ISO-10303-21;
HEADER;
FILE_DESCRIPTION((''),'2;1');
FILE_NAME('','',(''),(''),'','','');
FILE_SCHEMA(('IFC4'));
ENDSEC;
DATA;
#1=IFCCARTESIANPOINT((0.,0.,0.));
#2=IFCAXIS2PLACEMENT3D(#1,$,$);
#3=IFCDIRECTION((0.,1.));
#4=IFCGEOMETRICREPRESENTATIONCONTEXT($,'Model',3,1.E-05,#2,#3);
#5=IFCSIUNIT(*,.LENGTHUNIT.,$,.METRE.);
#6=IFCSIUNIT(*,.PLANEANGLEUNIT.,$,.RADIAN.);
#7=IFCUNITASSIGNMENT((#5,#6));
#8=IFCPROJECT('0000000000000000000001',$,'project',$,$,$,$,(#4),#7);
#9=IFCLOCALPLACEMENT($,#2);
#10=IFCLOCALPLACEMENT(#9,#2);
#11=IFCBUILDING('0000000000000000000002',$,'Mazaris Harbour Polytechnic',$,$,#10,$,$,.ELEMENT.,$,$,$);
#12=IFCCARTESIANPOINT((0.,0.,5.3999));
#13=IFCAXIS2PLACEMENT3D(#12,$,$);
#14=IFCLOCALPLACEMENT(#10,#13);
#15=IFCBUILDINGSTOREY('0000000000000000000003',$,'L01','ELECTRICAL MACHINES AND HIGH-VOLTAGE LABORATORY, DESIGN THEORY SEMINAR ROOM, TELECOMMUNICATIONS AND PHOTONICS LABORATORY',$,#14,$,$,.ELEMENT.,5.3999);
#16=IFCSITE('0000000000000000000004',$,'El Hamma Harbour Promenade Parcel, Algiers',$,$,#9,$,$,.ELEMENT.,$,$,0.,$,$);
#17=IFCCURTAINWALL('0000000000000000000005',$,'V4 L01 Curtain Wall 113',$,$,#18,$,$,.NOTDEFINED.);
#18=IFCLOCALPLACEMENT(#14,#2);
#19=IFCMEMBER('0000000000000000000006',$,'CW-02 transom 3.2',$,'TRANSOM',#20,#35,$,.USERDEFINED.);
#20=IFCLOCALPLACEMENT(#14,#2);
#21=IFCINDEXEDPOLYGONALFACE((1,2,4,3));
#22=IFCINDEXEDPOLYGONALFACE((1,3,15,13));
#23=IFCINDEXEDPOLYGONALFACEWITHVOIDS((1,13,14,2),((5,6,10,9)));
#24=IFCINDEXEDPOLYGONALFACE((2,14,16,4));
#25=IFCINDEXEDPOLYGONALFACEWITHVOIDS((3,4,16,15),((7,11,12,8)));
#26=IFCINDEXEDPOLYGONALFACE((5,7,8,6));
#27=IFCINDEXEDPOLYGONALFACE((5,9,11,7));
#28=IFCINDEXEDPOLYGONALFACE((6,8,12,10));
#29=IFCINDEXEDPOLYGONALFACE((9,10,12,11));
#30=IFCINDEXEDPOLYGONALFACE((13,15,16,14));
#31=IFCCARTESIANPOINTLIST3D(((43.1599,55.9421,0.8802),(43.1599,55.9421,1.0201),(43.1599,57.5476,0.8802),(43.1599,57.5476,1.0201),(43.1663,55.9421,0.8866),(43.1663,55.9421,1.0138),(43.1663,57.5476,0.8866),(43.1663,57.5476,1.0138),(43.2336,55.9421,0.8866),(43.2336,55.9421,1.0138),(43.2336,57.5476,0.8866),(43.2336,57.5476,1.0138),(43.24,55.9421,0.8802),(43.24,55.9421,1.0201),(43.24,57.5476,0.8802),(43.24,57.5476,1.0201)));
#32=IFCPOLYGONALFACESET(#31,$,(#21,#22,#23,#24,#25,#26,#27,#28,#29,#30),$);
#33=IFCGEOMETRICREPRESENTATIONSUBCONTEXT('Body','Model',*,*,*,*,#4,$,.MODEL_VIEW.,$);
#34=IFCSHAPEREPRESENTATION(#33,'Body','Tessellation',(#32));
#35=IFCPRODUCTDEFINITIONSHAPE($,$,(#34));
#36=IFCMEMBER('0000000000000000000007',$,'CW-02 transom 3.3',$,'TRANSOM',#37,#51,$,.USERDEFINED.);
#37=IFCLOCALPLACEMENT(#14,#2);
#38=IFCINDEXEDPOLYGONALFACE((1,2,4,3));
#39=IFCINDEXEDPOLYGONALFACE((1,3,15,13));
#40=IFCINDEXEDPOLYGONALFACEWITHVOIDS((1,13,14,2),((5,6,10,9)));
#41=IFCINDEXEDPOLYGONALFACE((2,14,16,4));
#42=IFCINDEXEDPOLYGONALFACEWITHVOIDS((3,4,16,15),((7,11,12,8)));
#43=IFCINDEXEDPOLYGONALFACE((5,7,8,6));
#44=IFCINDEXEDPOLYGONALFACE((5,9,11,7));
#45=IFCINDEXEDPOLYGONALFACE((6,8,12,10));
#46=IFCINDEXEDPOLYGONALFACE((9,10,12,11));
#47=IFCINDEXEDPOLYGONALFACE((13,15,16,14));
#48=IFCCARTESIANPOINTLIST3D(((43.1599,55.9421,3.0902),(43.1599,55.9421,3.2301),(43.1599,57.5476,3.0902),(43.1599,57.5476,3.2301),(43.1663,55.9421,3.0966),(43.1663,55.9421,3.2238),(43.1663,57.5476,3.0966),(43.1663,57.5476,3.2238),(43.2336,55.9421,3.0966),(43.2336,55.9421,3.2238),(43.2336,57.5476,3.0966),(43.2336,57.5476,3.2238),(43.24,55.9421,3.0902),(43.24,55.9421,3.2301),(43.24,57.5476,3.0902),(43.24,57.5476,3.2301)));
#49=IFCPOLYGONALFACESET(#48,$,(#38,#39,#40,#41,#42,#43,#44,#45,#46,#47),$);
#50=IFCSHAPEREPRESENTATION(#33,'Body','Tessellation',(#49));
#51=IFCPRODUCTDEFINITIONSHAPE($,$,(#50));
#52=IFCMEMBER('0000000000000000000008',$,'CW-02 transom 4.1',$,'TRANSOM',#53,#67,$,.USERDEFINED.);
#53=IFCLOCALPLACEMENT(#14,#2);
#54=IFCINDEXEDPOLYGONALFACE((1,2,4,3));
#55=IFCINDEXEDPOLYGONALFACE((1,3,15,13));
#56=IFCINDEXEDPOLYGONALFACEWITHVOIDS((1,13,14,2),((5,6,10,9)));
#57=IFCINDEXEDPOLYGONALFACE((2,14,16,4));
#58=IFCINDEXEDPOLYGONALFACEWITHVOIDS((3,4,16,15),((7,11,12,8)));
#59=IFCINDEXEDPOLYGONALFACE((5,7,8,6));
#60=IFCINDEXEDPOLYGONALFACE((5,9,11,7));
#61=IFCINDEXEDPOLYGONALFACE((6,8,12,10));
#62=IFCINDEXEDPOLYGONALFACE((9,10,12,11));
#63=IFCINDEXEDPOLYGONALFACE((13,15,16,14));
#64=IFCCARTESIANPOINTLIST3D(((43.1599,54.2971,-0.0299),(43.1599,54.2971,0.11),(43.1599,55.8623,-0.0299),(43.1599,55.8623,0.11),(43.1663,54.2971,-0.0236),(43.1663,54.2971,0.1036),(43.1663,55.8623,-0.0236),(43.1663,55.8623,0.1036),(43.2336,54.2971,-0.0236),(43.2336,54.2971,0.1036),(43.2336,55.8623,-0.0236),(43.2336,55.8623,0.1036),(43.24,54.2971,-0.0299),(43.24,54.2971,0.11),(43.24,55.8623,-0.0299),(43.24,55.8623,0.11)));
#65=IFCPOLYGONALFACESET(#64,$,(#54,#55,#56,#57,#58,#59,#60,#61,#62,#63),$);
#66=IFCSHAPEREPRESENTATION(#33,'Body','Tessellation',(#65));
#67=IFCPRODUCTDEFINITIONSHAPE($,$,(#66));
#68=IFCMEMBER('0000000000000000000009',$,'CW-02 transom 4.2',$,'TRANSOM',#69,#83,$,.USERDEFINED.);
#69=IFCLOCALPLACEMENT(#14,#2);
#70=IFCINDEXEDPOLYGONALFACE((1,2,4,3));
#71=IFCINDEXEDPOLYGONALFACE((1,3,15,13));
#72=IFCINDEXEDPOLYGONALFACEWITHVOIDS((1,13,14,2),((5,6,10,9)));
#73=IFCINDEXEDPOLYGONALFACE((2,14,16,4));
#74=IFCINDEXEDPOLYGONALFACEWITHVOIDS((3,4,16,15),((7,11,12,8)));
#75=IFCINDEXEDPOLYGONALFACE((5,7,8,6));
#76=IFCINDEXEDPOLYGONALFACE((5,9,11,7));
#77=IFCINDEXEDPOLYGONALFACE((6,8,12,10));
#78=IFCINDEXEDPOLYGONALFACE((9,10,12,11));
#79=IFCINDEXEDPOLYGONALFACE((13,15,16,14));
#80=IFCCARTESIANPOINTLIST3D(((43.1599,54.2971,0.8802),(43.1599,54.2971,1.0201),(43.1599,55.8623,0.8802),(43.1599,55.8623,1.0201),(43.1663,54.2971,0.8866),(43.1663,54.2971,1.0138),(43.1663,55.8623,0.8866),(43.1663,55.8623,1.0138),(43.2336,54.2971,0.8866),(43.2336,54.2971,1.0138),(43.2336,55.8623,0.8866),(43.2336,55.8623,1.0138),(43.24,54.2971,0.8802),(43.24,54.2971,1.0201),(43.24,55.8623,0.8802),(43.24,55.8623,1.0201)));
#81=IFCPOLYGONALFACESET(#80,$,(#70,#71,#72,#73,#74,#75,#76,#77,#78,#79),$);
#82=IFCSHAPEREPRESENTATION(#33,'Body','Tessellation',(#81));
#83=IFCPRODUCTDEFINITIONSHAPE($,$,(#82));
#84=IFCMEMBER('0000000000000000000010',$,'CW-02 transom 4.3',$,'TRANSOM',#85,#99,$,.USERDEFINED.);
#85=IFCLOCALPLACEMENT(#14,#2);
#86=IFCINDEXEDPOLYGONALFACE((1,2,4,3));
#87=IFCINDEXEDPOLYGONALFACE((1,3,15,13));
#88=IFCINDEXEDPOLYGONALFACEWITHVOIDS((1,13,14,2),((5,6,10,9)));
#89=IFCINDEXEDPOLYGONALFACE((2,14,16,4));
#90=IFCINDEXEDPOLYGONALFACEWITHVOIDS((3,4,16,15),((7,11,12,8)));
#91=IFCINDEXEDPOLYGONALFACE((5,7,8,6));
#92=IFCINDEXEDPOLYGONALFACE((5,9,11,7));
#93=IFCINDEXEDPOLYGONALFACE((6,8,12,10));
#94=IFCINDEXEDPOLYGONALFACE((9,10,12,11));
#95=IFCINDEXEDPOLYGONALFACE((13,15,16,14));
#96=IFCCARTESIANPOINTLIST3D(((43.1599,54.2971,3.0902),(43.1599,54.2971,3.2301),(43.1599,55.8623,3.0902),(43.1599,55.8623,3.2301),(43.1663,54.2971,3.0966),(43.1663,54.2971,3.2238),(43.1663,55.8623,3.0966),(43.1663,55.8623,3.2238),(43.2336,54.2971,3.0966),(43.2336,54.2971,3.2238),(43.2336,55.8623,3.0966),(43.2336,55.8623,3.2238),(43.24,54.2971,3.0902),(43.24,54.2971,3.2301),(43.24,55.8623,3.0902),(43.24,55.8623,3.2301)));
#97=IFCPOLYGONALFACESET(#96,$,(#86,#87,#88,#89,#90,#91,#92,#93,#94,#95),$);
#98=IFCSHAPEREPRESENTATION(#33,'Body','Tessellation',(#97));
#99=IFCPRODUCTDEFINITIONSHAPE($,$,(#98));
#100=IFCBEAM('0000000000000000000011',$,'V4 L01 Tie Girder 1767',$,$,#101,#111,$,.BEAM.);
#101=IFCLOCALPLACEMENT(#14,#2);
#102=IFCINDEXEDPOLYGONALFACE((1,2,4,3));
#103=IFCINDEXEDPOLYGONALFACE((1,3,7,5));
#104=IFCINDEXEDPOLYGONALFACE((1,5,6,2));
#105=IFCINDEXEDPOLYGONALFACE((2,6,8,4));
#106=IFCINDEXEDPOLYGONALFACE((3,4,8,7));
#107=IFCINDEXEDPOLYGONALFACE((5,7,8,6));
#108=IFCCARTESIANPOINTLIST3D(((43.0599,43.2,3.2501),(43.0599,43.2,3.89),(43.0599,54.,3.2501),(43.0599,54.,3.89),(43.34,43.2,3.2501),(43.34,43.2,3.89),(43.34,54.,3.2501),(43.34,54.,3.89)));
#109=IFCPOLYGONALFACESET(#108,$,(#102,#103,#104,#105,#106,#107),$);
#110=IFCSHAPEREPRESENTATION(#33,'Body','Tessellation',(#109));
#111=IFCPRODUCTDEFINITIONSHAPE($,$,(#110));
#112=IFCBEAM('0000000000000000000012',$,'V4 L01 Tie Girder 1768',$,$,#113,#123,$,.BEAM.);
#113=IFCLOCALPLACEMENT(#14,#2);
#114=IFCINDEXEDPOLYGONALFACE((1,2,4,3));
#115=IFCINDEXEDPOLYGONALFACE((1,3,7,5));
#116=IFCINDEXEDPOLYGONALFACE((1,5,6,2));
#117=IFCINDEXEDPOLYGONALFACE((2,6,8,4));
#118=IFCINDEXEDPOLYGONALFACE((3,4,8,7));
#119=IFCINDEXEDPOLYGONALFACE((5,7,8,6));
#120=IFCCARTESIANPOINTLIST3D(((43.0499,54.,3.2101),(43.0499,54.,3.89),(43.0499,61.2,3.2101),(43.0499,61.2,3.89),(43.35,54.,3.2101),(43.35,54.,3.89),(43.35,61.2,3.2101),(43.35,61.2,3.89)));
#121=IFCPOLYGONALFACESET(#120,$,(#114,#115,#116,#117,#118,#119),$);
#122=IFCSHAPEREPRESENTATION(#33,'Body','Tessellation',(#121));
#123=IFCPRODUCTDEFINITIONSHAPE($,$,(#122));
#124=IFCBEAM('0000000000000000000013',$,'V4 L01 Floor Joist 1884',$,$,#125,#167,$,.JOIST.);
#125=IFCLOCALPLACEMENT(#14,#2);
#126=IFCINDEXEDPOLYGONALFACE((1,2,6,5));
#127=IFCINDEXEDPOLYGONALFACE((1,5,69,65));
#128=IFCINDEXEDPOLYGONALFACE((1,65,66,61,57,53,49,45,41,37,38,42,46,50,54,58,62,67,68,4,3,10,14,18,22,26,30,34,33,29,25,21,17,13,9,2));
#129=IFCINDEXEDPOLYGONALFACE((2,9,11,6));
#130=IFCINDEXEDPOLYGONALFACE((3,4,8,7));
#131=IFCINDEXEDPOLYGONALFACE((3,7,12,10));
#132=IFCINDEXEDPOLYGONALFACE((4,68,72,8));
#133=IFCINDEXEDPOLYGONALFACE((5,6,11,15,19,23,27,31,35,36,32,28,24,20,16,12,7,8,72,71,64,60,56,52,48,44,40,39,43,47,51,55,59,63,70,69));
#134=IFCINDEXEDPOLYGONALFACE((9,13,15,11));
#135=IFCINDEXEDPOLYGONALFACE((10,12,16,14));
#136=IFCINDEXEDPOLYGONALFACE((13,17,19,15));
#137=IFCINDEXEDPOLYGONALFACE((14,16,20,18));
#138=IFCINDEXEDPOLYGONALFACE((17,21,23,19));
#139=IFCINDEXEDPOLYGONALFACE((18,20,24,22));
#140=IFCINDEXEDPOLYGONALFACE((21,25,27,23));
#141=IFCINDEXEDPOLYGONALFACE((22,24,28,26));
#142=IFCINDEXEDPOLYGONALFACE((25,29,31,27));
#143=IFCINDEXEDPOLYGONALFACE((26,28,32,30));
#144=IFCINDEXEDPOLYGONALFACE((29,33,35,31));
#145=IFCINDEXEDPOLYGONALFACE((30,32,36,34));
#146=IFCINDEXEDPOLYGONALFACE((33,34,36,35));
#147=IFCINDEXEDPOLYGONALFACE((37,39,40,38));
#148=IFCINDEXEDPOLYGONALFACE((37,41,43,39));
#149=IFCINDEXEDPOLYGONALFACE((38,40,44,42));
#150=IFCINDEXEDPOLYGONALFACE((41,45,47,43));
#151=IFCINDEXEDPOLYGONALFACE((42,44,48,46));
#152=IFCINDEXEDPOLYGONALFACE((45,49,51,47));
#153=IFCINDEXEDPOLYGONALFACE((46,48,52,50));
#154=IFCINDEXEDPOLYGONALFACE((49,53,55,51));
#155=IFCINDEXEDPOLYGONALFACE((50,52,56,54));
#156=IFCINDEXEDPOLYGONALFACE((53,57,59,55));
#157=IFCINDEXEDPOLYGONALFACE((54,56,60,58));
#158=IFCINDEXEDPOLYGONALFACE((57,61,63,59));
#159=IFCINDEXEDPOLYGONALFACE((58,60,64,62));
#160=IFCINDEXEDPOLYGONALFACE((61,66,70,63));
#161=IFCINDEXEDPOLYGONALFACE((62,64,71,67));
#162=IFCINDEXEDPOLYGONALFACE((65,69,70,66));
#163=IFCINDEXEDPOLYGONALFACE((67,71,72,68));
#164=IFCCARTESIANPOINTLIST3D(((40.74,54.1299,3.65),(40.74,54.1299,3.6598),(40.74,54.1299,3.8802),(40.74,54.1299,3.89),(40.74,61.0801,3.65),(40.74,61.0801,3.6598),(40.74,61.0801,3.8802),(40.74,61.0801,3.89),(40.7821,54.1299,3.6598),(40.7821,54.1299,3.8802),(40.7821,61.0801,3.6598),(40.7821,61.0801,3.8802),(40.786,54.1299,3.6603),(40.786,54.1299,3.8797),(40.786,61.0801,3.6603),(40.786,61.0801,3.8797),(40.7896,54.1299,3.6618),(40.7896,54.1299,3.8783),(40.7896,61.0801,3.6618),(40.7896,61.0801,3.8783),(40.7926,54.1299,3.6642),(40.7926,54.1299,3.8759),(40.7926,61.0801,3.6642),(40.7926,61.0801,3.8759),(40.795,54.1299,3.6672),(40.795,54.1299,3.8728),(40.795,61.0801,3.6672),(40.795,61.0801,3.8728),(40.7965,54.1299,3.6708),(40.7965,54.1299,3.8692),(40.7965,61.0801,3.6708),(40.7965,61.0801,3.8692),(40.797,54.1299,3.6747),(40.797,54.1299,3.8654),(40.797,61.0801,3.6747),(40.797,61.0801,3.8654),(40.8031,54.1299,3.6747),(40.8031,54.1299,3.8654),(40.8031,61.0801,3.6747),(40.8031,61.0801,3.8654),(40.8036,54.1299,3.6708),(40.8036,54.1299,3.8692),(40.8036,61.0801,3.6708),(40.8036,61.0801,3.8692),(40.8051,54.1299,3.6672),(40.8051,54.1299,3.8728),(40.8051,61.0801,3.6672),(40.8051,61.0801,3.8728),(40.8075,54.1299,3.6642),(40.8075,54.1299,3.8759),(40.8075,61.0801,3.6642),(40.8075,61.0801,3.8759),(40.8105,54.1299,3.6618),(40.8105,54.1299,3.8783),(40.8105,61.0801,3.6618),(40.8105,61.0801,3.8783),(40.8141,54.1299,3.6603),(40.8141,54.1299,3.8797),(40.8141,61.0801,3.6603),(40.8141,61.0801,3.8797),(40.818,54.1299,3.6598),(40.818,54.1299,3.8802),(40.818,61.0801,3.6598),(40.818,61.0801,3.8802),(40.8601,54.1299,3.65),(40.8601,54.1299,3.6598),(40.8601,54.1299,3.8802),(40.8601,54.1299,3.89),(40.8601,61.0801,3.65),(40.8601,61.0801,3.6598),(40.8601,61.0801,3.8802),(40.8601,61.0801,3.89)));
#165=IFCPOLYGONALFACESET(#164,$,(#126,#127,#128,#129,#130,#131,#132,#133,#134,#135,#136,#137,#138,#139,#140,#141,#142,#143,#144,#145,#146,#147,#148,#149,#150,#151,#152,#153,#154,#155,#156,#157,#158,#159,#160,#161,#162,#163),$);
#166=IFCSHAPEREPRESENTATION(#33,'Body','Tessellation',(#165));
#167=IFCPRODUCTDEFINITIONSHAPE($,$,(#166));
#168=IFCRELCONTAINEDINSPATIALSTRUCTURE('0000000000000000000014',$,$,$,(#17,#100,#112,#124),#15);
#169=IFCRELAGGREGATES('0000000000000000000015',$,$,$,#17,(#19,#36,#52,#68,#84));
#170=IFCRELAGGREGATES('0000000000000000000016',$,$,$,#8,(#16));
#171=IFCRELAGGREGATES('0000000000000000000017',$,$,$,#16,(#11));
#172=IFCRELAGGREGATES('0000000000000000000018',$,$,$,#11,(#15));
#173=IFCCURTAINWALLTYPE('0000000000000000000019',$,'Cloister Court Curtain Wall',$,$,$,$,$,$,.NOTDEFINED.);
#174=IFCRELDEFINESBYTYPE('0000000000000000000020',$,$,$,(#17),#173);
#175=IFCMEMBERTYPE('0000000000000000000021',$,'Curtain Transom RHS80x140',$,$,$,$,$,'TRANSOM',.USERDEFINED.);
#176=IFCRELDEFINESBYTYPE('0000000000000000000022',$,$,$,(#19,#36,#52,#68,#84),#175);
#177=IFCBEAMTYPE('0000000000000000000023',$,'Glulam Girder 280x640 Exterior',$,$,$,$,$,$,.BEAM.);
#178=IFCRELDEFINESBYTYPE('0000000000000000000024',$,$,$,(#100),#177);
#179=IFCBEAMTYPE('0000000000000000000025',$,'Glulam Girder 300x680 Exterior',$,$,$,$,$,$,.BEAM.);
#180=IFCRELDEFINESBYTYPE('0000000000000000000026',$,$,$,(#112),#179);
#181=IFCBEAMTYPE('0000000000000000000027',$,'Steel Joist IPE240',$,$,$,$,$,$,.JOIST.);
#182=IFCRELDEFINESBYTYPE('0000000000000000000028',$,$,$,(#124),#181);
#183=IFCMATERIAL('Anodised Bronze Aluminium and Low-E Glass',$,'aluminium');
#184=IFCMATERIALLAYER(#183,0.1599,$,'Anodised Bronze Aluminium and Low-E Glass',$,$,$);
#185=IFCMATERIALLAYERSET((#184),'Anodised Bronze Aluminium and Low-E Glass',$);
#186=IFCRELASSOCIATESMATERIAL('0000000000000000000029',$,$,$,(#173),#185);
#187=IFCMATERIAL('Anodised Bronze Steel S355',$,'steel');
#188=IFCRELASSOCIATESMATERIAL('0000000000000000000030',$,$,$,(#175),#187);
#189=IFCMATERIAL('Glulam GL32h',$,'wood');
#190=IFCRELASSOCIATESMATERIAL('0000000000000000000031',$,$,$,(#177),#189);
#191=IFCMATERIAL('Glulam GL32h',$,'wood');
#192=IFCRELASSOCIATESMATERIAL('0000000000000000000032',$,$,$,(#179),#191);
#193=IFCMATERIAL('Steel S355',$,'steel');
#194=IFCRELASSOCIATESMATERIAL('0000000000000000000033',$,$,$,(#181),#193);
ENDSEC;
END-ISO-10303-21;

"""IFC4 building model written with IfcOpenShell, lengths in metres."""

from ifc_helpers import new_model, si_unit, direction, frame, origin, origin_2d, place, context, subcontext, project, spatial, rectangle, hollow_rectangle, i_section, extrude, material, layer, layer_set, material_profile, profile_set, type_object, element, aggregate, save


model = new_model("IFC4")

# Units and contexts
model_context = context("Model", 3, precision=1e-05, world=origin(), true_north=direction((0.0, 1.0)))
body_context = subcontext(model_context, "Body", "Model", "MODEL_VIEW")
ifc_project = project(units=[si_unit("LENGTHUNIT", "METRE"), si_unit("PLANEANGLEUNIT", "RADIAN")], contexts=[model_context])

# Site, building, storey
site_placement = place(None, origin())
site = spatial("IfcSite", under=ifc_project, at=site_placement, Name="El Hamma Harbour Promenade Parcel, Algiers", CompositionType="ELEMENT", RefElevation=0.0)
building_placement = place(site_placement, origin())
building = spatial("IfcBuilding", under=site, at=building_placement, Name="Mazaris Harbour Polytechnic", CompositionType="ELEMENT")
storey_placement = place(building_placement, frame((0.0, 0.0, 5.3999)))
storey = spatial("IfcBuildingStorey", under=building, at=storey_placement, Name="L01", Description="ELECTRICAL MACHINES AND HIGH-VOLTAGE LABORATORY, DESIGN THEORY SEMINAR ROOM, TELECOMMUNICATIONS AND PHOTONICS LABORATORY", CompositionType="ELEMENT", Elevation=5.3999)

# Curtain wall
ifc_material_1 = material(Name="Anodised Bronze Aluminium and Low-E Glass", Category="aluminium")
ifc_layer_1 = layer(ifc_material_1, 0.1599, Name="Anodised Bronze Aluminium and Low-E Glass")
ifc_layer_set_1 = layer_set([ifc_layer_1], Name="Anodised Bronze Aluminium and Low-E Glass")
curtain_wall_type = type_object("IfcCurtainWallType", Name="Cloister Court Curtain Wall", PredefinedType="NOTDEFINED", material=ifc_layer_set_1)
curtain_wall_1_placement = place(storey_placement, origin())
curtain_wall_1 = element("IfcCurtainWall", 1, at=curtain_wall_1_placement, inside=storey, type_object=curtain_wall_type, Name="V4 L01 Curtain Wall 113", PredefinedType="NOTDEFINED")

# Members
ifc_material_2 = material(Name="Anodised Bronze Steel S355", Category="steel")
ifc_material_profile_1 = material_profile(ifc_material_2, hollow_rectangle(XDim=0.0801, YDim=0.1399, WallThickness=0.0063, at=origin_2d()), Name="RHS 80x140x6.3")
ifc_profile_set_1 = profile_set([ifc_material_profile_1], Name="Anodised Bronze Steel S355")
member_type_1 = type_object("IfcMemberType", Name="Curtain Transom RHS80x140", ElementType="TRANSOM", PredefinedType="USERDEFINED", material=ifc_profile_set_1)
member_1_placement = place(storey_placement, frame((43.2, 57.5476, 0.9502), z_axis=(0.0, -1.0, 0.0), x_axis=(1.0, 0.0, 0.0)))
member_1 = element("IfcMember", 2, at=member_1_placement, type_object=member_type_1, Name="CW-02 transom 3.2", ObjectType="TRANSOM", PredefinedType="USERDEFINED", context=body_context, shape_type="SweptSolid", body=[
    extrude(hollow_rectangle(XDim=0.0801, YDim=0.1399, WallThickness=0.0063, at=origin_2d()), origin(), (0.0, 0.0, 1.0), 1.6055),
])
member_2_placement = place(storey_placement, frame((43.2, 57.5476, 3.1602), z_axis=(0.0, -1.0, 0.0), x_axis=(1.0, 0.0, 0.0)))
member_2 = element("IfcMember", 3, at=member_2_placement, type_object=member_type_1, Name="CW-02 transom 3.3", ObjectType="TRANSOM", PredefinedType="USERDEFINED", context=body_context, shape_type="SweptSolid", body=[
    extrude(hollow_rectangle(XDim=0.0801, YDim=0.1399, WallThickness=0.0063, at=origin_2d()), origin(), (0.0, 0.0, 1.0), 1.6055),
])
member_3_placement = place(storey_placement, frame((43.2, 55.8623, 0.04), z_axis=(0.0, -1.0, 0.0), x_axis=(1.0, 0.0, 0.0)))
member_3 = element("IfcMember", 4, at=member_3_placement, type_object=member_type_1, Name="CW-02 transom 4.1", ObjectType="TRANSOM", PredefinedType="USERDEFINED", context=body_context, shape_type="SweptSolid", body=[
    extrude(hollow_rectangle(XDim=0.0801, YDim=0.1399, WallThickness=0.0063, at=origin_2d()), origin(), (0.0, 0.0, 1.0), 1.5652),
])
member_4_placement = place(storey_placement, frame((43.2, 55.8623, 0.9502), z_axis=(0.0, -1.0, 0.0), x_axis=(1.0, 0.0, 0.0)))
member_4 = element("IfcMember", 5, at=member_4_placement, type_object=member_type_1, Name="CW-02 transom 4.2", ObjectType="TRANSOM", PredefinedType="USERDEFINED", context=body_context, shape_type="SweptSolid", body=[
    extrude(hollow_rectangle(XDim=0.0801, YDim=0.1399, WallThickness=0.0063, at=origin_2d()), origin(), (0.0, 0.0, 1.0), 1.5652),
])
member_5_placement = place(storey_placement, frame((43.2, 55.8623, 3.1602), z_axis=(0.0, -1.0, 0.0), x_axis=(1.0, 0.0, 0.0)))
member_5 = element("IfcMember", 6, at=member_5_placement, type_object=member_type_1, Name="CW-02 transom 4.3", ObjectType="TRANSOM", PredefinedType="USERDEFINED", context=body_context, shape_type="SweptSolid", body=[
    extrude(hollow_rectangle(XDim=0.0801, YDim=0.1399, WallThickness=0.0063, at=origin_2d()), origin(), (0.0, 0.0, 1.0), 1.5652),
])

# Beams
ifc_material_3 = material(Name="Glulam GL32h", Category="wood")
ifc_material_profile_2 = material_profile(ifc_material_3, rectangle(XDim=0.28, YDim=0.6399, at=origin_2d()), Name="RECT280x640")
ifc_profile_set_2 = profile_set([ifc_material_profile_2], Name="Glulam GL32h")
beam_type_1 = type_object("IfcBeamType", Name="Glulam Girder 280x640 Exterior", PredefinedType="BEAM", material=ifc_profile_set_2)
beam_1_placement = place(storey_placement, frame((43.2, 43.2, 3.5701), z_axis=(0.0, 1.0, 0.0), x_axis=(-1.0, 0.0, 0.0)))
element("IfcBeam", 7, at=beam_1_placement, inside=storey, type_object=beam_type_1, Name="V4 L01 Tie Girder 1767", PredefinedType="BEAM", context=body_context, shape_type="SweptSolid", body=[
    extrude(rectangle(XDim=0.28, YDim=0.6399, at=origin_2d()), origin(), (0.0, 0.0, 1.0), 10.8),
])
ifc_material_4 = material(Name="Glulam GL32h", Category="wood")
ifc_material_profile_3 = material_profile(ifc_material_4, rectangle(XDim=0.3, YDim=0.6799, at=origin_2d()), Name="RECT300x680")
ifc_profile_set_3 = profile_set([ifc_material_profile_3], Name="Glulam GL32h")
beam_type_2 = type_object("IfcBeamType", Name="Glulam Girder 300x680 Exterior", PredefinedType="BEAM", material=ifc_profile_set_3)
beam_2_placement = place(storey_placement, frame((43.2, 54.0, 3.55), z_axis=(0.0, 1.0, 0.0), x_axis=(-1.0, 0.0, 0.0)))
element("IfcBeam", 8, at=beam_2_placement, inside=storey, type_object=beam_type_2, Name="V4 L01 Tie Girder 1768", PredefinedType="BEAM", context=body_context, shape_type="SweptSolid", body=[
    extrude(rectangle(XDim=0.3, YDim=0.6799, at=origin_2d()), origin(), (0.0, 0.0, 1.0), 7.2),
])
ifc_material_5 = material(Name="Steel S355", Category="steel")
ifc_material_profile_4 = material_profile(ifc_material_5, i_section(OverallWidth=0.1201, OverallDepth=0.24, WebThickness=0.0061, FlangeThickness=0.0098, FilletRadius=0.0149, at=origin_2d()), Name="IPE 240")
ifc_profile_set_4 = profile_set([ifc_material_profile_4], Name="Steel S355")
beam_type_3 = type_object("IfcBeamType", Name="Steel Joist IPE240", PredefinedType="JOIST", material=ifc_profile_set_4)
beam_3_placement = place(storey_placement, frame((40.8, 54.1299, 3.77), z_axis=(0.0, 1.0, 0.0), x_axis=(-1.0, 0.0, 0.0)))
element("IfcBeam", 9, at=beam_3_placement, inside=storey, type_object=beam_type_3, Name="V4 L01 Floor Joist 1884", PredefinedType="JOIST", context=body_context, shape_type="SweptSolid", body=[
    extrude(i_section(OverallWidth=0.1201, OverallDepth=0.24, WebThickness=0.0061, FlangeThickness=0.0098, FilletRadius=0.0149, at=origin_2d()), origin(), (0.0, 0.0, 1.0), 6.9502),
])

aggregate(curtain_wall_1, [member_1, member_2, member_3, member_4, member_5])

save(model, "model.ifc")
